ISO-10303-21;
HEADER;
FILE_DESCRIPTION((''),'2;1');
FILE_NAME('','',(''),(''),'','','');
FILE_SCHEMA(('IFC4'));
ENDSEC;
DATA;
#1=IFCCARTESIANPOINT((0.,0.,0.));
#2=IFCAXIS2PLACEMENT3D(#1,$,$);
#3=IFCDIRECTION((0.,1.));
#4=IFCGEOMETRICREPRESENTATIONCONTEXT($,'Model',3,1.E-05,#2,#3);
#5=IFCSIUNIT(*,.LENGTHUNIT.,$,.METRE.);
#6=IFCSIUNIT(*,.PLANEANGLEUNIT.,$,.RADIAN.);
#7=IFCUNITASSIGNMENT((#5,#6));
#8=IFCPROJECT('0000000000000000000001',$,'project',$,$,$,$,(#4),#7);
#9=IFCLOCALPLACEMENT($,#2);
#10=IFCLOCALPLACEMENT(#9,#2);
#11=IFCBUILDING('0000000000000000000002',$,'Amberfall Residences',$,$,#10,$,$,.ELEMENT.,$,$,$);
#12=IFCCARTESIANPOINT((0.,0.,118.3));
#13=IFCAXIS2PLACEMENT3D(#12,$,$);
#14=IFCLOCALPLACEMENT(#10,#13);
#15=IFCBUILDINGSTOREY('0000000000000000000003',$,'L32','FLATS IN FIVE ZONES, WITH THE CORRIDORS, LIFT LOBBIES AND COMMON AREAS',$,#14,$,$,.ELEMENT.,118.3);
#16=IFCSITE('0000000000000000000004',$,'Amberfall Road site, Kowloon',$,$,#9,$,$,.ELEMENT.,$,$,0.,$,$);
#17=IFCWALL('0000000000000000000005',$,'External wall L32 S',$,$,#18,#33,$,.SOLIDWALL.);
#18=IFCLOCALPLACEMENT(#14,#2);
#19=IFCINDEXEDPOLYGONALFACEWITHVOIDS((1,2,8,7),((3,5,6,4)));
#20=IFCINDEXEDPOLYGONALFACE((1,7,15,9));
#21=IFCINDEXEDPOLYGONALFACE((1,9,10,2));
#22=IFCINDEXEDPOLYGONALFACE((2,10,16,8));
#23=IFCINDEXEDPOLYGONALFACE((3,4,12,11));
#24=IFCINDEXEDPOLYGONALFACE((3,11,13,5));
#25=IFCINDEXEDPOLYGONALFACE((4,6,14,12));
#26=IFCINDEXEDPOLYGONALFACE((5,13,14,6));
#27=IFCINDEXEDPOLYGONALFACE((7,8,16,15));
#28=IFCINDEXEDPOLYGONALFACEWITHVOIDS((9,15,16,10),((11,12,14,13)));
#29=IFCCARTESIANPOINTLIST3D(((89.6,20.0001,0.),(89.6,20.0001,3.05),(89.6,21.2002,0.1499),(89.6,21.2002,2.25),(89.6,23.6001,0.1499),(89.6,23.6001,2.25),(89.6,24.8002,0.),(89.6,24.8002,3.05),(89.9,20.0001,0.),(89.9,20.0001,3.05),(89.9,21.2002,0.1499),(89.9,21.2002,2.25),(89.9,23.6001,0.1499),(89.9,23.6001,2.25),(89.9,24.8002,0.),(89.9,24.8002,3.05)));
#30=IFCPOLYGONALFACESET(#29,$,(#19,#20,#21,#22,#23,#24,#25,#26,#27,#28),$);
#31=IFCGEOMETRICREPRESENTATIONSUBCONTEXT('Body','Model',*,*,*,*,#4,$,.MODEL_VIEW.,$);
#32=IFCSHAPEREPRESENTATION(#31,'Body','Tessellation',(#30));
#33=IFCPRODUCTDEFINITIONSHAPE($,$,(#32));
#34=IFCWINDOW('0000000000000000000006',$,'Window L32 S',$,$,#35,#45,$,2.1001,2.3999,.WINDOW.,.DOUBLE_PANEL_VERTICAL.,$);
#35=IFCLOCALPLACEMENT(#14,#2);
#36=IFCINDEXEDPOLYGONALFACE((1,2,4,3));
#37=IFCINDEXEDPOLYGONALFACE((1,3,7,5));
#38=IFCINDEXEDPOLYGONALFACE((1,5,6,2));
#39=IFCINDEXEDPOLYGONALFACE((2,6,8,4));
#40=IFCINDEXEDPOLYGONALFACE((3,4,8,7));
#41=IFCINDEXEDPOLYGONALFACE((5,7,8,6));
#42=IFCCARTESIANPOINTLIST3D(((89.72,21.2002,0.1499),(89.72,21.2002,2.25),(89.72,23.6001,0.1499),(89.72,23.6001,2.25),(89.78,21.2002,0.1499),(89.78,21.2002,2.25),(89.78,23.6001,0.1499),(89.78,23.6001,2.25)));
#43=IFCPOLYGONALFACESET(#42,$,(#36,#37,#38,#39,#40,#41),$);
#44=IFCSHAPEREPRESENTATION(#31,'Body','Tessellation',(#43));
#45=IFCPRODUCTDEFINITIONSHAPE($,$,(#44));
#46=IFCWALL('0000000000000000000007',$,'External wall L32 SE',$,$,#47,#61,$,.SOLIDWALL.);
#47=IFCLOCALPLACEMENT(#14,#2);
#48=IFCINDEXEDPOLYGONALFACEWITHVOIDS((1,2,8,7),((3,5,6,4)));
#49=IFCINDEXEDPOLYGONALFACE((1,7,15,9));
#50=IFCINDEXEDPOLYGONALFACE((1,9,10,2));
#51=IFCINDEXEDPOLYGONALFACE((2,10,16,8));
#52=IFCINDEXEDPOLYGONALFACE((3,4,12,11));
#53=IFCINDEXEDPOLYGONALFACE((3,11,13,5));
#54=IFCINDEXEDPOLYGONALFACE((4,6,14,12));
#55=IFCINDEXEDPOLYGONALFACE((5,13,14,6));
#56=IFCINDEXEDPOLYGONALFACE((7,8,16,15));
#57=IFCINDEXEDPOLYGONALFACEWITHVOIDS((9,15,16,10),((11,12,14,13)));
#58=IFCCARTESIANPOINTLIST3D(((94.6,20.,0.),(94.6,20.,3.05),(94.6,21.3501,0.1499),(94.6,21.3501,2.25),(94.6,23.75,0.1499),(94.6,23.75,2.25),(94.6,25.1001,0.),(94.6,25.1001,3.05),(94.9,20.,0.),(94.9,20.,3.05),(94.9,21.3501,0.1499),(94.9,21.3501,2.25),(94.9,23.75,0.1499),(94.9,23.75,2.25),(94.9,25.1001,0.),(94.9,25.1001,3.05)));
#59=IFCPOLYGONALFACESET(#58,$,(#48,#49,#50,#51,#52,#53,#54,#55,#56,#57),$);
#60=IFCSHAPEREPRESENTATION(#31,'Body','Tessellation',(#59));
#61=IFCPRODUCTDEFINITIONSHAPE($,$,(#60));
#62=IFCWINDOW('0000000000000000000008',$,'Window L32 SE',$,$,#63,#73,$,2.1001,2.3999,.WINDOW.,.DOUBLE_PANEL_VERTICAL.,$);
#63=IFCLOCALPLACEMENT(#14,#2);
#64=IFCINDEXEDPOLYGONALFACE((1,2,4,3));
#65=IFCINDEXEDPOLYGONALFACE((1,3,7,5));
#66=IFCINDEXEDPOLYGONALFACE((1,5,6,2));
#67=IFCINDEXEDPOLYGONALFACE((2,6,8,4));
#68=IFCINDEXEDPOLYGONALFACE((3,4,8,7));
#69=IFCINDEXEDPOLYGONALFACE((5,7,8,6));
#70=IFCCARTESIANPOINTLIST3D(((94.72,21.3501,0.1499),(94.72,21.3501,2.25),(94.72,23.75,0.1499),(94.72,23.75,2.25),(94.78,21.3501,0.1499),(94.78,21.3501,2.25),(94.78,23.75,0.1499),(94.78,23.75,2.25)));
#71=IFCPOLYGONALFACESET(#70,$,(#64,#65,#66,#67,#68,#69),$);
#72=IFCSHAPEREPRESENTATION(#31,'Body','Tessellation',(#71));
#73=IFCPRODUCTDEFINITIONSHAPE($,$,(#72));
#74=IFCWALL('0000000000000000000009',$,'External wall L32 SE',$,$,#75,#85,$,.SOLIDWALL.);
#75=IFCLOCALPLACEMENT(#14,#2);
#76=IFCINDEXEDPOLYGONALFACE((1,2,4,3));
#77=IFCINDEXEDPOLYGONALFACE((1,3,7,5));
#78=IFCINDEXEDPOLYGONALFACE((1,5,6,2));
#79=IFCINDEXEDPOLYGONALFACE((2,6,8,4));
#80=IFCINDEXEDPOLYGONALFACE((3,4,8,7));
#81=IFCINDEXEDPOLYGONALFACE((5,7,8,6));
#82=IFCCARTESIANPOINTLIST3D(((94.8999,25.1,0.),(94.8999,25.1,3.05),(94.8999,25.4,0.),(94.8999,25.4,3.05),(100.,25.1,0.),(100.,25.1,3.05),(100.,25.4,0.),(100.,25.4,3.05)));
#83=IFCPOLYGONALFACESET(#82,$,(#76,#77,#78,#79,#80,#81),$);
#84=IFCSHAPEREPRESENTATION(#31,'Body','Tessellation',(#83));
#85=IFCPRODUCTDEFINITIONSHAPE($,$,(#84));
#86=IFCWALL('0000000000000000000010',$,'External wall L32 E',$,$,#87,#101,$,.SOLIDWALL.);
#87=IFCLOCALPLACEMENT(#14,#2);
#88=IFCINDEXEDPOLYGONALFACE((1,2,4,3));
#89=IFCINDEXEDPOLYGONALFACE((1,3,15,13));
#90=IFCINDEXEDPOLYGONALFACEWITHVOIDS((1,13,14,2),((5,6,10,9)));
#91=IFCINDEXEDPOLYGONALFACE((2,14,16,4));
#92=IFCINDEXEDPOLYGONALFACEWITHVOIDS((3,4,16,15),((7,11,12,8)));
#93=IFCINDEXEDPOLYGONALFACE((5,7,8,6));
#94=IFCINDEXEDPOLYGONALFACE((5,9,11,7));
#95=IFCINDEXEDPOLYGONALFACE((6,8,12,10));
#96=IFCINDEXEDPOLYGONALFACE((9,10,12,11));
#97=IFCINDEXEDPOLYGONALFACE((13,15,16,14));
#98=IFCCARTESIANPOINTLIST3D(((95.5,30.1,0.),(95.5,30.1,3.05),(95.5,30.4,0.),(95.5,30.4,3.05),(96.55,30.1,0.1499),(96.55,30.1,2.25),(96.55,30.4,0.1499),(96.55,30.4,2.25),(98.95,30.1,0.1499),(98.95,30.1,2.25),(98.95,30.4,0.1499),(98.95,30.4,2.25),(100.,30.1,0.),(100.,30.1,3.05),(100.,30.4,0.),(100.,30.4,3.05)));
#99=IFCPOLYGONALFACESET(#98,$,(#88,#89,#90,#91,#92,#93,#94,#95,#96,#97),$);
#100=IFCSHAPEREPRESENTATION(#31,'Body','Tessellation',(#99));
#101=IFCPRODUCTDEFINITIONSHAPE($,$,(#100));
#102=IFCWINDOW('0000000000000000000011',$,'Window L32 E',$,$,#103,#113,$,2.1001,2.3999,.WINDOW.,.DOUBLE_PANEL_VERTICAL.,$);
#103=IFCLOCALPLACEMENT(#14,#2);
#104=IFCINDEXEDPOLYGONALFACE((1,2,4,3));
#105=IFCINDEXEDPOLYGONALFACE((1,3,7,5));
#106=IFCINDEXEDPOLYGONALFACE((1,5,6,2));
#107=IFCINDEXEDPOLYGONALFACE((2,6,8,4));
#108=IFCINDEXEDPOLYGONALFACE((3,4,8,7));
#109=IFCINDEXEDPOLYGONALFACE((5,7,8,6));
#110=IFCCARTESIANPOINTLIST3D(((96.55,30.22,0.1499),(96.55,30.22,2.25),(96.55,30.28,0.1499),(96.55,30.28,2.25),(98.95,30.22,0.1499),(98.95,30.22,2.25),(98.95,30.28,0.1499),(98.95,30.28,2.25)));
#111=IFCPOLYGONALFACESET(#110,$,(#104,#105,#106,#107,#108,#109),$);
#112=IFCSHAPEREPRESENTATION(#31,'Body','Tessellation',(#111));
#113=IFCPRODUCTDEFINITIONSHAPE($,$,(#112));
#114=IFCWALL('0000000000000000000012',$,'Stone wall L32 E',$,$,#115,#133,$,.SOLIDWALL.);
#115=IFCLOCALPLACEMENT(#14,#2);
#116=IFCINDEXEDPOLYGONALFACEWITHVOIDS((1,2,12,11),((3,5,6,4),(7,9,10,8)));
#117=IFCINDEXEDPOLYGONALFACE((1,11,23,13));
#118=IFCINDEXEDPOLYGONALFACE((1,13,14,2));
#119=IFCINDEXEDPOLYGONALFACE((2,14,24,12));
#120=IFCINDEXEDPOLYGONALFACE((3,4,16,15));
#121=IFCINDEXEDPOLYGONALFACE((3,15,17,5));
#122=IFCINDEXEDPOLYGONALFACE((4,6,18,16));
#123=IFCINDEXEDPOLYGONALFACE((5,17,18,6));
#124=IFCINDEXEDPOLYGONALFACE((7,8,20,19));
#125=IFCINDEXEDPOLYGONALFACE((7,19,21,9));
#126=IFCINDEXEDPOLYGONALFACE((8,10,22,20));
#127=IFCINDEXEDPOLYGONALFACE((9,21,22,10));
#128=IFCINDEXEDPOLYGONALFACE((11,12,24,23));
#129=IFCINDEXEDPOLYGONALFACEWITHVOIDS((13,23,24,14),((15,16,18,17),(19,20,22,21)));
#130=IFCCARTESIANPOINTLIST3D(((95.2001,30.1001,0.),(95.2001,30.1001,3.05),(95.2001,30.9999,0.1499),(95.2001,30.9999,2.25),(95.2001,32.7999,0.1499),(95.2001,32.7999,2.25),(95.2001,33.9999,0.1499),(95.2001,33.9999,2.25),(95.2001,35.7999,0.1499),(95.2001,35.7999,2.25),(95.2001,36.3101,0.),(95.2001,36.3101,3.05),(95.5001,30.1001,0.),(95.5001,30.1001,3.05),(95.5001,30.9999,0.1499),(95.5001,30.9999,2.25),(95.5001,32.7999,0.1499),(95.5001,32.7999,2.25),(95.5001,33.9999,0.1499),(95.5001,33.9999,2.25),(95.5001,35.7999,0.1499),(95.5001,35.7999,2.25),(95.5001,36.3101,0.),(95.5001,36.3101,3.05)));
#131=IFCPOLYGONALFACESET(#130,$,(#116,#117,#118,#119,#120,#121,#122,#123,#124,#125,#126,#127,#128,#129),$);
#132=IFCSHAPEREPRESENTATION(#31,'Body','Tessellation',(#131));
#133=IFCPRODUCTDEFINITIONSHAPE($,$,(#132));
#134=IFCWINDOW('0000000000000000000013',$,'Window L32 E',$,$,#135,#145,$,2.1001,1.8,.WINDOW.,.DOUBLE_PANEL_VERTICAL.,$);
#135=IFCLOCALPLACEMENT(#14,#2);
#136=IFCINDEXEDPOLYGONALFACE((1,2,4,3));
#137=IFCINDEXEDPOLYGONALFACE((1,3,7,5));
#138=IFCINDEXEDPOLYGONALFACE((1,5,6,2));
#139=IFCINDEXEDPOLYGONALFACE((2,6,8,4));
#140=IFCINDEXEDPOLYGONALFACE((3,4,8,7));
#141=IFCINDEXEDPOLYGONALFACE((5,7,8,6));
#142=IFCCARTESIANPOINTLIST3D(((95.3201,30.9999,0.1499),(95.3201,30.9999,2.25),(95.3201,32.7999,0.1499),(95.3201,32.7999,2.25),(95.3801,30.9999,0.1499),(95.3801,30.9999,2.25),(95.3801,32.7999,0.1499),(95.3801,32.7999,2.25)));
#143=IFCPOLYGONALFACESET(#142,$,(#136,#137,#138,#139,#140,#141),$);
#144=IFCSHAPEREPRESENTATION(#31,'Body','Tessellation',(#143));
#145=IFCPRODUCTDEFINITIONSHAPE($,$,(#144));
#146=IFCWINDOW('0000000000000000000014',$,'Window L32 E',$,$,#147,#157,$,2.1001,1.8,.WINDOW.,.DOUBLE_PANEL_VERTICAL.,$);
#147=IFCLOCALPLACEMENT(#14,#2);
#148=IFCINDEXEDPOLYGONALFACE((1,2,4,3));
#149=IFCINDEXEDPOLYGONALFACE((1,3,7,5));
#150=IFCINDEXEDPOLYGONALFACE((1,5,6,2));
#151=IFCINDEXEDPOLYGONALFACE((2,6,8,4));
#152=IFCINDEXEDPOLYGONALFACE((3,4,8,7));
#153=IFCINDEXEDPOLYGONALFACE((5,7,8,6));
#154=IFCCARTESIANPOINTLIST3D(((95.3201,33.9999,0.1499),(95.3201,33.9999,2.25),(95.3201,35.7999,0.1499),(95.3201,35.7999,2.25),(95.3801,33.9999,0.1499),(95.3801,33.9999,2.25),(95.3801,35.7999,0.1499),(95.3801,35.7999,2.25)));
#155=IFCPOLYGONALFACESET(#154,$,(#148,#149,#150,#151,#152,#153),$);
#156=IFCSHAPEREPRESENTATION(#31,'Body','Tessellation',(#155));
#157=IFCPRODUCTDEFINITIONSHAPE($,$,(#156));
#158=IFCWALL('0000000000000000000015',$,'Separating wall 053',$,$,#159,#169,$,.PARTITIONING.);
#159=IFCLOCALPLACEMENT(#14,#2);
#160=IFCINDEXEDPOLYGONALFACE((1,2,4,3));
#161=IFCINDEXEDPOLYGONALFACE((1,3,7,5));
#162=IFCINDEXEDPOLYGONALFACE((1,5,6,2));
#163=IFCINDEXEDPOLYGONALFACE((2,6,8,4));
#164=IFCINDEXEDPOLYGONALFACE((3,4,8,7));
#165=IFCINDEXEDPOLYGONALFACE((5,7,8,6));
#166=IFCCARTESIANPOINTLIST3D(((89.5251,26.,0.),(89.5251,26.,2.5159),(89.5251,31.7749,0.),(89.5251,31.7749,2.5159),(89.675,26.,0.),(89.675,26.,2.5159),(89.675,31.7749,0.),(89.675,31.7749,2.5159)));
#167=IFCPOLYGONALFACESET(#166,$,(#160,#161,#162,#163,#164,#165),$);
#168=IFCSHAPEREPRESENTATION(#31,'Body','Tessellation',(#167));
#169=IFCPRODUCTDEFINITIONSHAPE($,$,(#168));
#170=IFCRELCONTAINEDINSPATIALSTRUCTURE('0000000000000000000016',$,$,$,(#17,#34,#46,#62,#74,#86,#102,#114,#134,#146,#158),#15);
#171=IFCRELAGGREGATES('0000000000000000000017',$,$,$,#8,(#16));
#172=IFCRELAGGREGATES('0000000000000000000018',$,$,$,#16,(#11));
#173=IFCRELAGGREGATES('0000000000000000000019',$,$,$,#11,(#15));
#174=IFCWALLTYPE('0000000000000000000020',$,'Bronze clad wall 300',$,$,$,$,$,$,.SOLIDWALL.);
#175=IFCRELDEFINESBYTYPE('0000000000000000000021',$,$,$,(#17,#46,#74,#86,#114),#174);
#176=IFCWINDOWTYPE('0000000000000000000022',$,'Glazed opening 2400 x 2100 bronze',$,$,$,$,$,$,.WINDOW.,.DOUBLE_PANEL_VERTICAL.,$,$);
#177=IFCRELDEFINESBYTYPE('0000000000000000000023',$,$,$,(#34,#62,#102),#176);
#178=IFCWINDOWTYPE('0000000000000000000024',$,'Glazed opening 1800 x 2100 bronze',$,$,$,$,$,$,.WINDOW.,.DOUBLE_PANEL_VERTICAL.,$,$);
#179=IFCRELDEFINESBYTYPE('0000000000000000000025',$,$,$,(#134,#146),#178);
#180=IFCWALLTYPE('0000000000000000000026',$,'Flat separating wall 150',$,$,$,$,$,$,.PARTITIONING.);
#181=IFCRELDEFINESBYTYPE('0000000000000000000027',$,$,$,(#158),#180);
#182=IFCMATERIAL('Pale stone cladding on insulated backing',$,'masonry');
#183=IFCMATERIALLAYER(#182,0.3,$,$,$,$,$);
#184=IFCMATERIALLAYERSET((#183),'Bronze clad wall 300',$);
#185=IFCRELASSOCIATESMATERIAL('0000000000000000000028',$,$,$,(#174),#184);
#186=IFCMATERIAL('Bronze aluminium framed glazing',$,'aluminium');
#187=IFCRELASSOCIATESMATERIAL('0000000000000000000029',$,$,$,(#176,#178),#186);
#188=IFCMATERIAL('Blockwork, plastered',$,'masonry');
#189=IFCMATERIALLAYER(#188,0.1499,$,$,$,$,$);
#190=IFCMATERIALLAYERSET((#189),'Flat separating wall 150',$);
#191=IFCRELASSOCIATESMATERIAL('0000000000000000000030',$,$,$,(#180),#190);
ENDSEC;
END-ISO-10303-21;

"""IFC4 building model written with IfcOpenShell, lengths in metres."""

from ifc_helpers import new_model, si_unit, direction, frame, frame_2d, origin, place, context, subcontext, project, spatial, rectangle, extrude, material, layer, layer_set, type_object, element, fill, save


model = new_model("IFC4")

# Units and contexts
model_context = context("Model", 3, precision=1e-05, world=origin(), true_north=direction((0.0, 1.0)))
body_context = subcontext(model_context, "Body", "Model", "MODEL_VIEW")
ifc_project = project(units=[si_unit("LENGTHUNIT", "METRE"), si_unit("PLANEANGLEUNIT", "RADIAN")], contexts=[model_context])

# Site, building, storey
site_placement = place(None, origin())
site = spatial("IfcSite", under=ifc_project, at=site_placement, Name="Amberfall Road site, Kowloon", CompositionType="ELEMENT", RefElevation=0.0)
building_placement = place(site_placement, origin())
building = spatial("IfcBuilding", under=site, at=building_placement, Name="Amberfall Residences", CompositionType="ELEMENT")
storey_placement = place(building_placement, frame((0.0, 0.0, 118.3)))
storey = spatial("IfcBuildingStorey", under=building, at=storey_placement, Name="L32", Description="FLATS IN FIVE ZONES, WITH THE CORRIDORS, LIFT LOBBIES AND COMMON AREAS", CompositionType="ELEMENT", Elevation=118.3)

# Walls, openings, windows
ifc_material_1 = material(Name="Pale stone cladding on insulated backing", Category="masonry")
ifc_layer_1 = layer(ifc_material_1, 0.3)
ifc_layer_set_1 = layer_set([ifc_layer_1], Name="Bronze clad wall 300")
wall_type_1 = type_object("IfcWallType", Name="Bronze clad wall 300", PredefinedType="SOLIDWALL", material=ifc_layer_set_1)
wall_1_placement = place(storey_placement, frame((89.75, 24.8, 0.0), z_axis=(0.0, 0.0, 1.0), x_axis=(0.0, -1.0, 0.0)))
wall_1 = element("IfcWall", 1, at=wall_1_placement, inside=storey, type_object=wall_type_1, Name="External wall L32 S", PredefinedType="SOLIDWALL", context=body_context, shape_type="SweptSolid", body=[
    extrude(rectangle(XDim=4.8, YDim=0.3, at=frame_2d((2.3999, 0.0))), origin(), (0.0, 0.0, 1.0), 3.05),
])
opening_1_placement = place(wall_1_placement, frame((1.2, 0.0, 0.1499)))
opening_1 = element("IfcOpeningElement", 2, at=opening_1_placement, cuts=wall_1, PredefinedType="OPENING", context=body_context, shape_type="SweptSolid", body=[
    extrude(rectangle(XDim=2.3999, YDim=2.1001, at=frame_2d((1.2, 1.05))), frame((0.0, 0.1599, 0.0), z_axis=(0.0, -1.0, 0.0), x_axis=(1.0, 0.0, 0.0)), (0.0, 0.0, 1.0), 0.3201),
])
ifc_material_2 = material(Name="Bronze aluminium framed glazing", Category="aluminium")
window_type_1 = type_object("IfcWindowType", Name="Glazed opening 2400 x 2100 bronze", PartitioningType="DOUBLE_PANEL_VERTICAL", PredefinedType="WINDOW", material=ifc_material_2)
window_1_placement = place(opening_1_placement, origin())
window_1 = element("IfcWindow", 3, at=window_1_placement, inside=storey, type_object=window_type_1, Name="Window L32 S", OverallHeight=2.1001, OverallWidth=2.3999, PartitioningType="DOUBLE_PANEL_VERTICAL", PredefinedType="WINDOW", context=body_context, shape_type="SweptSolid", body=[
    extrude(rectangle(XDim=2.3999, YDim=2.1001, at=frame_2d((1.2, 1.05))), frame((0.0, 0.03, 0.0), z_axis=(0.0, -1.0, 0.0), x_axis=(1.0, 0.0, 0.0)), (0.0, 0.0, 1.0), 0.0601),
])
fill(opening_1, window_1)
wall_2_placement = place(storey_placement, frame((94.75, 20.0, 0.0), z_axis=(0.0, 0.0, 1.0), x_axis=(0.0, 1.0, 0.0)))
wall_2 = element("IfcWall", 4, at=wall_2_placement, inside=storey, type_object=wall_type_1, Name="External wall L32 SE", PredefinedType="SOLIDWALL", context=body_context, shape_type="SweptSolid", body=[
    extrude(rectangle(XDim=5.1001, YDim=0.3, at=frame_2d((2.55, 0.0))), origin(), (0.0, 0.0, 1.0), 3.05),
])
opening_2_placement = place(wall_2_placement, frame((1.3501, 0.0, 0.1499)))
opening_2 = element("IfcOpeningElement", 5, at=opening_2_placement, cuts=wall_2, PredefinedType="OPENING", context=body_context, shape_type="SweptSolid", body=[
    extrude(rectangle(XDim=2.3999, YDim=2.1001, at=frame_2d((1.2, 1.05))), frame((0.0, 0.1599, 0.0), z_axis=(0.0, -1.0, 0.0), x_axis=(1.0, 0.0, 0.0)), (0.0, 0.0, 1.0), 0.3201),
])
window_2_placement = place(opening_2_placement, origin())
window_2 = element("IfcWindow", 6, at=window_2_placement, inside=storey, type_object=window_type_1, Name="Window L32 SE", OverallHeight=2.1001, OverallWidth=2.3999, PartitioningType="DOUBLE_PANEL_VERTICAL", PredefinedType="WINDOW", context=body_context, shape_type="SweptSolid", body=[
    extrude(rectangle(XDim=2.3999, YDim=2.1001, at=frame_2d((1.2, 1.05))), frame((0.0, 0.03, 0.0), z_axis=(0.0, -1.0, 0.0), x_axis=(1.0, 0.0, 0.0)), (0.0, 0.0, 1.0), 0.0601),
])
fill(opening_2, window_2)

# Wall
wall_3_placement = place(storey_placement, frame((94.8999, 25.25, 0.0), z_axis=(0.0, 0.0, 1.0), x_axis=(1.0, 0.0, 0.0)))
element("IfcWall", 7, at=wall_3_placement, inside=storey, type_object=wall_type_1, Name="External wall L32 SE", PredefinedType="SOLIDWALL", context=body_context, shape_type="SweptSolid", body=[
    extrude(rectangle(XDim=5.1001, YDim=0.3, at=frame_2d((2.55, 0.0))), origin(), (0.0, 0.0, 1.0), 3.05),
])

# Wall, opening, window
wall_4_placement = place(storey_placement, frame((100.0, 30.25, 0.0), z_axis=(0.0, 0.0, 1.0), x_axis=(-1.0, 0.0, 0.0)))
wall_4 = element("IfcWall", 8, at=wall_4_placement, inside=storey, type_object=wall_type_1, Name="External wall L32 E", PredefinedType="SOLIDWALL", context=body_context, shape_type="SweptSolid", body=[
    extrude(rectangle(XDim=4.5, YDim=0.3, at=frame_2d((2.25, 0.0))), origin(), (0.0, 0.0, 1.0), 3.05),
])
opening_3_placement = place(wall_4_placement, frame((1.05, 0.0, 0.1499)))
opening_3 = element("IfcOpeningElement", 9, at=opening_3_placement, cuts=wall_4, PredefinedType="OPENING", context=body_context, shape_type="SweptSolid", body=[
    extrude(rectangle(XDim=2.3999, YDim=2.1001, at=frame_2d((1.2, 1.05))), frame((0.0, 0.1599, 0.0), z_axis=(0.0, -1.0, 0.0), x_axis=(1.0, 0.0, 0.0)), (0.0, 0.0, 1.0), 0.3201),
])
window_3_placement = place(opening_3_placement, origin())
window_3 = element("IfcWindow", 10, at=window_3_placement, inside=storey, type_object=window_type_1, Name="Window L32 E", OverallHeight=2.1001, OverallWidth=2.3999, PartitioningType="DOUBLE_PANEL_VERTICAL", PredefinedType="WINDOW", context=body_context, shape_type="SweptSolid", body=[
    extrude(rectangle(XDim=2.3999, YDim=2.1001, at=frame_2d((1.2, 1.05))), frame((0.0, 0.03, 0.0), z_axis=(0.0, -1.0, 0.0), x_axis=(1.0, 0.0, 0.0)), (0.0, 0.0, 1.0), 0.0601),
])
fill(opening_3, window_3)

# Wall, openings, windows
wall_5_placement = place(storey_placement, frame((95.3501, 30.1001, 0.0), z_axis=(0.0, 0.0, 1.0), x_axis=(0.0, 1.0, 0.0)))
wall_5 = element("IfcWall", 11, at=wall_5_placement, inside=storey, type_object=wall_type_1, Name="Stone wall L32 E", PredefinedType="SOLIDWALL", context=body_context, shape_type="SweptSolid", body=[
    extrude(rectangle(XDim=6.21, YDim=0.3, at=frame_2d((3.105, 0.0))), origin(), (0.0, 0.0, 1.0), 3.05),
])
opening_4_placement = place(wall_5_placement, frame((0.8999, 0.0, 0.1499)))
opening_4 = element("IfcOpeningElement", 12, at=opening_4_placement, cuts=wall_5, PredefinedType="OPENING", context=body_context, shape_type="SweptSolid", body=[
    extrude(rectangle(XDim=1.8, YDim=2.1001, at=frame_2d((0.8999, 1.05))), frame((0.0, 0.1599, 0.0), z_axis=(0.0, -1.0, 0.0), x_axis=(1.0, 0.0, 0.0)), (0.0, 0.0, 1.0), 0.3201),
])
opening_5_placement = place(wall_5_placement, frame((3.8999, 0.0, 0.1499)))
opening_5 = element("IfcOpeningElement", 13, at=opening_5_placement, cuts=wall_5, PredefinedType="OPENING", context=body_context, shape_type="SweptSolid", body=[
    extrude(rectangle(XDim=1.8, YDim=2.1001, at=frame_2d((0.8999, 1.05))), frame((0.0, 0.1599, 0.0), z_axis=(0.0, -1.0, 0.0), x_axis=(1.0, 0.0, 0.0)), (0.0, 0.0, 1.0), 0.3201),
])
window_type_2 = type_object("IfcWindowType", Name="Glazed opening 1800 x 2100 bronze", PartitioningType="DOUBLE_PANEL_VERTICAL", PredefinedType="WINDOW", material=ifc_material_2)
window_4_placement = place(opening_4_placement, origin())
window_4 = element("IfcWindow", 14, at=window_4_placement, inside=storey, type_object=window_type_2, Name="Window L32 E", OverallHeight=2.1001, OverallWidth=1.8, PartitioningType="DOUBLE_PANEL_VERTICAL", PredefinedType="WINDOW", context=body_context, shape_type="SweptSolid", body=[
    extrude(rectangle(XDim=1.8, YDim=2.1001, at=frame_2d((0.8999, 1.05))), frame((0.0, 0.03, 0.0), z_axis=(0.0, -1.0, 0.0), x_axis=(1.0, 0.0, 0.0)), (0.0, 0.0, 1.0), 0.0601),
])
fill(opening_4, window_4)
window_5_placement = place(opening_5_placement, origin())
window_5 = element("IfcWindow", 15, at=window_5_placement, inside=storey, type_object=window_type_2, Name="Window L32 E", OverallHeight=2.1001, OverallWidth=1.8, PartitioningType="DOUBLE_PANEL_VERTICAL", PredefinedType="WINDOW", context=body_context, shape_type="SweptSolid", body=[
    extrude(rectangle(XDim=1.8, YDim=2.1001, at=frame_2d((0.8999, 1.05))), frame((0.0, 0.03, 0.0), z_axis=(0.0, -1.0, 0.0), x_axis=(1.0, 0.0, 0.0)), (0.0, 0.0, 1.0), 0.0601),
])
fill(opening_5, window_5)

# Wall
ifc_material_3 = material(Name="Blockwork, plastered", Category="masonry")
ifc_layer_2 = layer(ifc_material_3, 0.1499)
ifc_layer_set_2 = layer_set([ifc_layer_2], Name="Flat separating wall 150")
wall_type_2 = type_object("IfcWallType", Name="Flat separating wall 150", PredefinedType="PARTITIONING", material=ifc_layer_set_2)
wall_6_placement = place(storey_placement, frame((89.6001, 26.0, 0.0), z_axis=(0.0, 0.0, 1.0), x_axis=(0.0, 1.0, 0.0)))
element("IfcWall", 16, at=wall_6_placement, inside=storey, type_object=wall_type_2, Name="Separating wall 053", PredefinedType="PARTITIONING", context=body_context, shape_type="SweptSolid", body=[
    extrude(rectangle(XDim=5.7749, YDim=0.1499, at=frame_2d((2.8875, 0.0))), origin(), (0.0, 0.0, 1.0), 2.5159),
])

save(model, "model.ifc")
